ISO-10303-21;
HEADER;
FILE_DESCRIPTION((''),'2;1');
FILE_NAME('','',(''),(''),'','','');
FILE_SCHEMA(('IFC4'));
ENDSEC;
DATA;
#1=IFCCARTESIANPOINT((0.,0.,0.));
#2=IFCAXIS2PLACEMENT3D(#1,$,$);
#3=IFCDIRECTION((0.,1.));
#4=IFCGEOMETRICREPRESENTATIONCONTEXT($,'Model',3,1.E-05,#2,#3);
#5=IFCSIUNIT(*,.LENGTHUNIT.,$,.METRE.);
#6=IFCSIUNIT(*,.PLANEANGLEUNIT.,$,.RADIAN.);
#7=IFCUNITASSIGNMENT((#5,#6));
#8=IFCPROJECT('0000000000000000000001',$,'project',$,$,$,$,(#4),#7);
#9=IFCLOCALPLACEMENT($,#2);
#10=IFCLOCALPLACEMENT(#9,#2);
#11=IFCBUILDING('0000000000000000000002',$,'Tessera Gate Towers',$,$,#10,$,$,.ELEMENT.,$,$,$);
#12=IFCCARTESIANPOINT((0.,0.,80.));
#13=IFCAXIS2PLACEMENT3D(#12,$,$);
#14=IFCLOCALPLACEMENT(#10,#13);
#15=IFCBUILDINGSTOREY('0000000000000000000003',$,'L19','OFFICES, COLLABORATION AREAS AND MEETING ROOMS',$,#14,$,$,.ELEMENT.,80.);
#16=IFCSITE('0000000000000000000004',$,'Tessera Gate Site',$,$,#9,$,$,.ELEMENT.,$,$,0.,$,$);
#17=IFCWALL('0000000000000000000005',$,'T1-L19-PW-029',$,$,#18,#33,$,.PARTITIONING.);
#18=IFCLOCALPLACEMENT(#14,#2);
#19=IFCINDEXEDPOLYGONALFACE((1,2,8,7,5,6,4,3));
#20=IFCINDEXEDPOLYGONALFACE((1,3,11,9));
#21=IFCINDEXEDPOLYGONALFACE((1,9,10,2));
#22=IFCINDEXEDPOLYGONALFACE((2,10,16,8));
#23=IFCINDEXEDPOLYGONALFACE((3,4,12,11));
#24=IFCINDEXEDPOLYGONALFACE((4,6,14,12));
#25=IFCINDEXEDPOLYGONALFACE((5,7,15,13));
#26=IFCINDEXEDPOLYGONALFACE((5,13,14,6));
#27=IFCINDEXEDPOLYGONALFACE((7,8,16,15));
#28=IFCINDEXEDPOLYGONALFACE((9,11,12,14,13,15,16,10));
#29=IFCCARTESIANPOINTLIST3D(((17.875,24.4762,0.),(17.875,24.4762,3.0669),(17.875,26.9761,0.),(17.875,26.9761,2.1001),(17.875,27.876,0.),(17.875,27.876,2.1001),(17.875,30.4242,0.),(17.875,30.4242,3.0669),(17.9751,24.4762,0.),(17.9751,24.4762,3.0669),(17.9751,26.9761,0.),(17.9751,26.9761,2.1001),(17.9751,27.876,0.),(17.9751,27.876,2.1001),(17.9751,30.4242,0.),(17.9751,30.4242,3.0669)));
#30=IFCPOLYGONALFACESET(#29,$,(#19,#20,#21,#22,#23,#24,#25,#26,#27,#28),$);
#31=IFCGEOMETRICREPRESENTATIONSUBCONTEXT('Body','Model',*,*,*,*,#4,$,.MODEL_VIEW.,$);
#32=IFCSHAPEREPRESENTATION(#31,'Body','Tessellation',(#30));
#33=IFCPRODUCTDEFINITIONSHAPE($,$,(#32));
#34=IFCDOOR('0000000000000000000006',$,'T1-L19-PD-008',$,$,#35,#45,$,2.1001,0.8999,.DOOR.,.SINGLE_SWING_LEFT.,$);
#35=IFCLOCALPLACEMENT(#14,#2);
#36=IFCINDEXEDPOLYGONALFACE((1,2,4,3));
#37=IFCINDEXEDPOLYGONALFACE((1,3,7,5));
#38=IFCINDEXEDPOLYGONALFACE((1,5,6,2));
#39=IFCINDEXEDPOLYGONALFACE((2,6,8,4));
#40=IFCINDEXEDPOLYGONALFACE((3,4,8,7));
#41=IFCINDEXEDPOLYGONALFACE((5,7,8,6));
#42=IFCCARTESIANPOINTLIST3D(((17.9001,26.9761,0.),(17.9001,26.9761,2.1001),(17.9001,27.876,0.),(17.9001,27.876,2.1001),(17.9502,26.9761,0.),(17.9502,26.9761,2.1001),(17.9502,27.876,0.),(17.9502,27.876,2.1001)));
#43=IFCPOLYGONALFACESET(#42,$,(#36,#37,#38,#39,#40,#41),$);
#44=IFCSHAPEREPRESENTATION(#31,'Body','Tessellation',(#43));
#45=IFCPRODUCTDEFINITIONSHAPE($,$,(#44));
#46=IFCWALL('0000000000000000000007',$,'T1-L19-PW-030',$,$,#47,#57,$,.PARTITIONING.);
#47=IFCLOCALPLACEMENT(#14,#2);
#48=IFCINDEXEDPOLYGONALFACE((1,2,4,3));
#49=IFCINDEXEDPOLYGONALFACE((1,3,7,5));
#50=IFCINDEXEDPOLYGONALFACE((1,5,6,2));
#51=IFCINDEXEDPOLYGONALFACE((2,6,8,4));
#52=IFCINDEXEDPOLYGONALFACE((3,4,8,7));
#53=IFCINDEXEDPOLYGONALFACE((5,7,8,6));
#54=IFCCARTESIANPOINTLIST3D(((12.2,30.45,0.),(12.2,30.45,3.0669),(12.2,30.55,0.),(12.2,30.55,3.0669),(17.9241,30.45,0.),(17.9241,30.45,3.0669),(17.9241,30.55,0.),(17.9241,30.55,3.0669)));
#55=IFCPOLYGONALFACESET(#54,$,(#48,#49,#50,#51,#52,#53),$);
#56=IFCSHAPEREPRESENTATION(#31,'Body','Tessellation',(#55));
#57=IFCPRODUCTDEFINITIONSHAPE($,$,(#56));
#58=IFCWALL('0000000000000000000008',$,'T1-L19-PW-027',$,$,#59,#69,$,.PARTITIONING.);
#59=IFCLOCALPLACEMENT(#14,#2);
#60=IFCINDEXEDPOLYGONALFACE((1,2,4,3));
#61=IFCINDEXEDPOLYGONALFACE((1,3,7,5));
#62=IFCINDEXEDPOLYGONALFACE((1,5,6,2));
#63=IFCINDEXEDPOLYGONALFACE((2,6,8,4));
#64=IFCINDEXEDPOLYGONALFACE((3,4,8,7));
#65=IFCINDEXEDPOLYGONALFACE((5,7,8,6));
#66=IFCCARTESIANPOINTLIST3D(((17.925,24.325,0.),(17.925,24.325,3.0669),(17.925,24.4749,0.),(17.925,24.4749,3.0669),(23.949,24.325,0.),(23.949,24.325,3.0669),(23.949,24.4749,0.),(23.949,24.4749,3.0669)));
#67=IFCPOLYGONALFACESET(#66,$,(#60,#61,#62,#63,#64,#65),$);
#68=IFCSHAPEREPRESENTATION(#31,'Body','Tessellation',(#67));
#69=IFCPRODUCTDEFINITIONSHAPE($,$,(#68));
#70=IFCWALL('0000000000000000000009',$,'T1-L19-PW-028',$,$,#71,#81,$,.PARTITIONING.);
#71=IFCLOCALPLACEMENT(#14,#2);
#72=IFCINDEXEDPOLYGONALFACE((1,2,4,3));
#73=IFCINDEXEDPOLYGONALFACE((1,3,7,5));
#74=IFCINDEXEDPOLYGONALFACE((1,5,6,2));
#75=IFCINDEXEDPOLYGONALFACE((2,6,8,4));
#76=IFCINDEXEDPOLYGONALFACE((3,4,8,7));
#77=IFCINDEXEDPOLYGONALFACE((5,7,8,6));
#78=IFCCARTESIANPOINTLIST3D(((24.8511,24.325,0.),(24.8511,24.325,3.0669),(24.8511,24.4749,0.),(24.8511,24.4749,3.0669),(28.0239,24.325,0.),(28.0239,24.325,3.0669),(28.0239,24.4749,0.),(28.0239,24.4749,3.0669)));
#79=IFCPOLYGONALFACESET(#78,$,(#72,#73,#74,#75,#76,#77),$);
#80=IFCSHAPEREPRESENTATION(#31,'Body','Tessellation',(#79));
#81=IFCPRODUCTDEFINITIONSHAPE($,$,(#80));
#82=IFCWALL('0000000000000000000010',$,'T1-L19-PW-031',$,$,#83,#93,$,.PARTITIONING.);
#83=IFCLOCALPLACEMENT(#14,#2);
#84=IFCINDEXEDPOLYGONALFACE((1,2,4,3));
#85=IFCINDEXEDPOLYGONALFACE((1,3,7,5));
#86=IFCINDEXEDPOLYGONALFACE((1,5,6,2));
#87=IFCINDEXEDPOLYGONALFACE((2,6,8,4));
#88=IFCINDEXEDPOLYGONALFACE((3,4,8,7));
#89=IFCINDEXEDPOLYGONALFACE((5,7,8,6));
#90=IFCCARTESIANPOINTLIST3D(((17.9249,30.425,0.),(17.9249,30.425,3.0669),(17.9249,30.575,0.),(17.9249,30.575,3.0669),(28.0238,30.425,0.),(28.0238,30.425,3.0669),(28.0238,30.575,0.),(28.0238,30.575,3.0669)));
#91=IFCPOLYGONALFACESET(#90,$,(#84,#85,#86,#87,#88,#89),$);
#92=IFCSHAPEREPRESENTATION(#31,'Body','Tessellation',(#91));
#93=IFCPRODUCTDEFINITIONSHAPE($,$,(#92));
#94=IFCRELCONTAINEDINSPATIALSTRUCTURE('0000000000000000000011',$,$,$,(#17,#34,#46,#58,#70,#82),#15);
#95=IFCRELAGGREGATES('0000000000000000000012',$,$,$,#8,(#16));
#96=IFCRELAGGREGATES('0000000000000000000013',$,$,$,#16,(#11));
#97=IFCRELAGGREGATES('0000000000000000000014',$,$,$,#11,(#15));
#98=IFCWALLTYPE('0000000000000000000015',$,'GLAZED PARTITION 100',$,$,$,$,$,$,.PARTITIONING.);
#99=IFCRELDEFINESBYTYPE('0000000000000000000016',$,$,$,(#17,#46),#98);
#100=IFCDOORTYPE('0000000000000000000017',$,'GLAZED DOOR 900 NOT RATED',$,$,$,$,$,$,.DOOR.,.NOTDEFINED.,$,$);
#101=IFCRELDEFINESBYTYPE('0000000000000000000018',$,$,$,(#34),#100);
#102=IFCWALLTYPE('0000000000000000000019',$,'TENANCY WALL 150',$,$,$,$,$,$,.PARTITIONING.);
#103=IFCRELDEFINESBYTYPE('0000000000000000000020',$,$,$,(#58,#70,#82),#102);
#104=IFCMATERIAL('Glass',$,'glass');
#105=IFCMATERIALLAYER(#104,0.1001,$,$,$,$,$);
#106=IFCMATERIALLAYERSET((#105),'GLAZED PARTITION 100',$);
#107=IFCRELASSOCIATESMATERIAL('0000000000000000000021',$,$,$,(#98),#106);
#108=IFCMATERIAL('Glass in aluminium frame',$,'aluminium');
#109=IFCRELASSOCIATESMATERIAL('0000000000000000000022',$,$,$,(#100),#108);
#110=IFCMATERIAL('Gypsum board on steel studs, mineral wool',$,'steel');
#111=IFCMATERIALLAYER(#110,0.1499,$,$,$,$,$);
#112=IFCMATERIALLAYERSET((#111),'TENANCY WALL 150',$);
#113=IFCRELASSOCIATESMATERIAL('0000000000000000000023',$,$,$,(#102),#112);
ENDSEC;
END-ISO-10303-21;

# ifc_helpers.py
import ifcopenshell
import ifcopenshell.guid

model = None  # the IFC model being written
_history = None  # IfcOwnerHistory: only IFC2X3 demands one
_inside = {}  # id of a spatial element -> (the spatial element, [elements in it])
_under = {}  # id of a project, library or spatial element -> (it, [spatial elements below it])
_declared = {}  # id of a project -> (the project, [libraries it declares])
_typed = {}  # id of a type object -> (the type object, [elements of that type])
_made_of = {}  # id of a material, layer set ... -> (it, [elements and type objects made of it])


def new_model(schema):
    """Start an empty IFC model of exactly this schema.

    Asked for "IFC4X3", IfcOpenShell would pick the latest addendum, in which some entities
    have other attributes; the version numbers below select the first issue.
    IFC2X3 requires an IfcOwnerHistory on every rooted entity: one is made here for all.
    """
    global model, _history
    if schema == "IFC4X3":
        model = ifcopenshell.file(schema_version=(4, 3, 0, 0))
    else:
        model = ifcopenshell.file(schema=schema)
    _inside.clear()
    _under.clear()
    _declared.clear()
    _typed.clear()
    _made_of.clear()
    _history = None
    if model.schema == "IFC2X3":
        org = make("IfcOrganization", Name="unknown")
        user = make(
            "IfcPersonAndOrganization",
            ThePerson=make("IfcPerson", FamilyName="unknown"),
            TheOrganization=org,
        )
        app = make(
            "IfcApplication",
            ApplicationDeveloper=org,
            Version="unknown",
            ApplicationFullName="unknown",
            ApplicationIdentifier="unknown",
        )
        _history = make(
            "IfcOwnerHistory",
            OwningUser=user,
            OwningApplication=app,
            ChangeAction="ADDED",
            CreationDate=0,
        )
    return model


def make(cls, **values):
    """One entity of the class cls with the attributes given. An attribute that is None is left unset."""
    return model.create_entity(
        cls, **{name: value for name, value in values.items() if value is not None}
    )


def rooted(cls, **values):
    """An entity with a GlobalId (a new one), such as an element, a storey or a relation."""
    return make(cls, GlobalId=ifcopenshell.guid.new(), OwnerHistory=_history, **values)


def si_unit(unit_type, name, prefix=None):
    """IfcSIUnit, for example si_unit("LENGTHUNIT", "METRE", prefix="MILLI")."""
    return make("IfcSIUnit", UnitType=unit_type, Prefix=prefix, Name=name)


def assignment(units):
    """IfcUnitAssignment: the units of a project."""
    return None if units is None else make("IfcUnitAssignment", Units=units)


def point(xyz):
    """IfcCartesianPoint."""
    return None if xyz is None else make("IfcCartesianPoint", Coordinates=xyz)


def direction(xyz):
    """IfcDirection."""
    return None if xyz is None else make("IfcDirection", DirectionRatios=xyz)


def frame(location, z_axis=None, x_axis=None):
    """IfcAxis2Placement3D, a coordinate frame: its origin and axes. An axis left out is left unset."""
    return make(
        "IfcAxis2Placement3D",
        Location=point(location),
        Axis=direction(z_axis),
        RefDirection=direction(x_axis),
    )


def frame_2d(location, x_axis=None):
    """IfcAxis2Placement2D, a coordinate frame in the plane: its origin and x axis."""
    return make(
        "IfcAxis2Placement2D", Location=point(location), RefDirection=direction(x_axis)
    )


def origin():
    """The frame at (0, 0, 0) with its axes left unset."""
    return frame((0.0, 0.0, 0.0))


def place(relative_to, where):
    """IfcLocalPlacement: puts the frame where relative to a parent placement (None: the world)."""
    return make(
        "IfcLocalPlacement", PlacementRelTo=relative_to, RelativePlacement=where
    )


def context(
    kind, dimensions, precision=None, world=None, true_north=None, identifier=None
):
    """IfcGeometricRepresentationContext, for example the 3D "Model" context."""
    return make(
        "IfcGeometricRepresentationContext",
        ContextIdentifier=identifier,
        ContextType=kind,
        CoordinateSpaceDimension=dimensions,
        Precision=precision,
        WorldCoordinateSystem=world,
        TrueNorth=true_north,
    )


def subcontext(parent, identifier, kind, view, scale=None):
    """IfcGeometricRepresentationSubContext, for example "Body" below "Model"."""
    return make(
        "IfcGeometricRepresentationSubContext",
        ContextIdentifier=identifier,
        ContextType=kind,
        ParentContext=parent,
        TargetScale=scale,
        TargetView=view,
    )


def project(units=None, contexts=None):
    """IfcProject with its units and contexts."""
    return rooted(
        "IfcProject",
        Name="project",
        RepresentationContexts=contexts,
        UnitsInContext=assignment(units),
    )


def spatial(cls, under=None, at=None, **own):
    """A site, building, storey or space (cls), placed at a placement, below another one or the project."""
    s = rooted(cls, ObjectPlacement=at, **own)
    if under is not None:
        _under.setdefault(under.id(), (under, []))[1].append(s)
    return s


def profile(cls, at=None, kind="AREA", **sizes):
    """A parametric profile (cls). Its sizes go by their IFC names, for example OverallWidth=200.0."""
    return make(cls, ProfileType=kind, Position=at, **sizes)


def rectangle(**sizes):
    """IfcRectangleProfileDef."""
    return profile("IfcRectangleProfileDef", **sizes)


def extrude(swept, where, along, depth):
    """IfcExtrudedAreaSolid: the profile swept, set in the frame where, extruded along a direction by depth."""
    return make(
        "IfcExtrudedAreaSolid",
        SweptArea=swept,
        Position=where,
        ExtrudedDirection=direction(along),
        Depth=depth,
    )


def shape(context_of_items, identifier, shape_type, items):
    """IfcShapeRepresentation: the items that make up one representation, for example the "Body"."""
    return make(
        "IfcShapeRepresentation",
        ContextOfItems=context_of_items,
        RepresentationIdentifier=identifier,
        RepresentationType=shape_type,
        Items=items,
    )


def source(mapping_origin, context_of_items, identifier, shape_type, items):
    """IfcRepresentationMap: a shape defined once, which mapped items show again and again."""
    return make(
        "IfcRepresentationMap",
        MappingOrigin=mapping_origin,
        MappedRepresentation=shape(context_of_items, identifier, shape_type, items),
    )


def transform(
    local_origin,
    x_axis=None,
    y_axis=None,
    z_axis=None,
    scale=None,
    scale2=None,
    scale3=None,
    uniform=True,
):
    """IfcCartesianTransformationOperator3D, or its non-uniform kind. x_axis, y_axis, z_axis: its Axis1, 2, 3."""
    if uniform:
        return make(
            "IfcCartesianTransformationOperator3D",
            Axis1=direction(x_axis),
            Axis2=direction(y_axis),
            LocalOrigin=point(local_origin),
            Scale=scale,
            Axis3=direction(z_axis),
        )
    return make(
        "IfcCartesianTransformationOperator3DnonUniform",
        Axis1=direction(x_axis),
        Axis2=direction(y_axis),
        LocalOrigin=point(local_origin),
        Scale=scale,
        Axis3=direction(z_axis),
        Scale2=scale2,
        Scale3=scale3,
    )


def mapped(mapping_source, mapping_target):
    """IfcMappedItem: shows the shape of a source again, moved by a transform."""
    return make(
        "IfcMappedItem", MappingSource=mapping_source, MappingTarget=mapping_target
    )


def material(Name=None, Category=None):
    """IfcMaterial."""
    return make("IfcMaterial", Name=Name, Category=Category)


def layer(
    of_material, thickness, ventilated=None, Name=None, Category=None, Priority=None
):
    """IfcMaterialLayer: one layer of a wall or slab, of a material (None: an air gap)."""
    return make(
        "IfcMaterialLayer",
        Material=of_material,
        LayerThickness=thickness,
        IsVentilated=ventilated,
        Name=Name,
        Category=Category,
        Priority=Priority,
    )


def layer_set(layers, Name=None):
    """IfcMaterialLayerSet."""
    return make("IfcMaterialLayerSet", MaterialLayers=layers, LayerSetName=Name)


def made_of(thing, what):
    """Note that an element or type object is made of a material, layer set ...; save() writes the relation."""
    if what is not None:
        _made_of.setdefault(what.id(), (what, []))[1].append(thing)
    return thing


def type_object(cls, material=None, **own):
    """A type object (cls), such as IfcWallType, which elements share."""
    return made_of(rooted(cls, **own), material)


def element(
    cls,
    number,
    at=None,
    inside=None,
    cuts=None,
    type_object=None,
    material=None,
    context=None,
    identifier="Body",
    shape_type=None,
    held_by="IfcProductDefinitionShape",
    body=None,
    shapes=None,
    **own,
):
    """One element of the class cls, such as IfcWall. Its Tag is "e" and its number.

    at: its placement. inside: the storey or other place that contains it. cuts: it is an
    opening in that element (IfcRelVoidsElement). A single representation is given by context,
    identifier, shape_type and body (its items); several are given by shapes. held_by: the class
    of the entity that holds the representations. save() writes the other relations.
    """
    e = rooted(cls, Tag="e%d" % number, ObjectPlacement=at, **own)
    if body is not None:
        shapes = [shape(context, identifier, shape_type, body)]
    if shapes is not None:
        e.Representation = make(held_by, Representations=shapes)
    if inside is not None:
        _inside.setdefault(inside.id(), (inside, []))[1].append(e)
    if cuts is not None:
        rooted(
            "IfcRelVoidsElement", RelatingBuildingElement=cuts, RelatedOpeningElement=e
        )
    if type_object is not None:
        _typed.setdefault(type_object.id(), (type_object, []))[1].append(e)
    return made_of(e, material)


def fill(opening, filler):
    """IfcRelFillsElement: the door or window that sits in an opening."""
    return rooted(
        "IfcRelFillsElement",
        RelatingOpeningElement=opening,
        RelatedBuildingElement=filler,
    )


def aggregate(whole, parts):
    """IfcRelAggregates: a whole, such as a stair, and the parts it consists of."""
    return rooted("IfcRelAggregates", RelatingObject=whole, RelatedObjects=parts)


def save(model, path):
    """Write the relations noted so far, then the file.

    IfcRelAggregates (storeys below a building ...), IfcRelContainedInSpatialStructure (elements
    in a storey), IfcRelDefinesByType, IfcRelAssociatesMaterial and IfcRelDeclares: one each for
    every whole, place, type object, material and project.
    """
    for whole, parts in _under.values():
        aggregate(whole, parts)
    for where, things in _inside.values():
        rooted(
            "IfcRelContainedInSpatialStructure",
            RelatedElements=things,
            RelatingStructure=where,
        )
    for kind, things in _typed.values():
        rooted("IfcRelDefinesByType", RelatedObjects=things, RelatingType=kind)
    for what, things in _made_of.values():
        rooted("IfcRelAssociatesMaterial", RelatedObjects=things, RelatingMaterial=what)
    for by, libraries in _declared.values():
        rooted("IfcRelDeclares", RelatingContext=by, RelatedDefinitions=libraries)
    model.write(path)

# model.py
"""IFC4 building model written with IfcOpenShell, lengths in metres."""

from ifc_helpers import new_model, si_unit, direction, frame, frame_2d, origin, place, context, subcontext, project, spatial, rectangle, extrude, source, transform, mapped, material, layer, layer_set, type_object, element, fill, save


model = new_model("IFC4")

# Units and contexts
model_context = context("Model", 3, precision=1e-05, world=origin(), true_north=direction((0.0, 1.0)))
body_context = subcontext(model_context, "Body", "Model", "MODEL_VIEW")
ifc_project = project(units=[si_unit("LENGTHUNIT", "METRE"), si_unit("PLANEANGLEUNIT", "RADIAN")], contexts=[model_context])

# Site, building, storey
site_placement = place(None, origin())
site = spatial("IfcSite", under=ifc_project, at=site_placement, Name="Tessera Gate Site", CompositionType="ELEMENT", RefElevation=0.0)
building_placement = place(site_placement, origin())
building = spatial("IfcBuilding", under=site, at=building_placement, Name="Tessera Gate Towers", CompositionType="ELEMENT")
storey_placement = place(building_placement, frame((0.0, 0.0, 80.0)))
storey = spatial("IfcBuildingStorey", under=building, at=storey_placement, Name="L19", Description="OFFICES, COLLABORATION AREAS AND MEETING ROOMS", CompositionType="ELEMENT", Elevation=80.0)

# Shared definitions
ifc_material_1 = material(Name="Glass", Category="glass")
ifc_layer_1 = layer(ifc_material_1, 0.1001)
ifc_layer_set_1 = layer_set([ifc_layer_1], Name="GLAZED PARTITION 100")
wall_type_1 = type_object("IfcWallType", Name="GLAZED PARTITION 100", PredefinedType="PARTITIONING", material=ifc_layer_set_1)

# Shared definitions
shared_shape_1 = source(origin(), body_context, "Body", "SweptSolid", [
    extrude(rectangle(XDim=0.8999, YDim=2.1001, at=frame_2d((0.45, 1.05))), frame((0.0, 0.0601, 0.0), z_axis=(0.0, -1.0, 0.0), x_axis=(1.0, 0.0, 0.0)), (0.0, 0.0, 1.0), 0.1201),
])
ifc_material_2 = material(Name="Glass in aluminium frame", Category="aluminium")
door_type = type_object("IfcDoorType", Name="GLAZED DOOR 900 NOT RATED", OperationType="NOTDEFINED", PredefinedType="DOOR", material=ifc_material_2)
shared_shape_2 = source(origin(), body_context, "Body", "SweptSolid", [
    extrude(rectangle(XDim=0.8999, YDim=2.1001, at=frame_2d((0.45, 1.05))), frame((0.0, 0.0249, 0.0), z_axis=(0.0, -1.0, 0.0), x_axis=(1.0, 0.0, 0.0)), (0.0, 0.0, 1.0), 0.05),
])

# Wall, opening, door
wall_1_placement = place(storey_placement, frame((17.925, 24.4761, 0.0), z_axis=(0.0, 0.0, 1.0), x_axis=(0.0, 1.0, 0.0)))
wall_1 = element("IfcWall", 1, at=wall_1_placement, inside=storey, type_object=wall_type_1, Name="T1-L19-PW-029", PredefinedType="PARTITIONING", context=body_context, shape_type="SweptSolid", body=[
    extrude(rectangle(XDim=5.948, YDim=0.1001, at=frame_2d((2.9741, 0.0))), origin(), (0.0, 0.0, 1.0), 3.0669),
])
opening_1_placement = place(wall_1_placement, frame((2.5, 0.0, 0.0)))
opening_1 = element("IfcOpeningElement", 2, at=opening_1_placement, cuts=wall_1, PredefinedType="OPENING", context=body_context, shape_type="MappedRepresentation", body=[
    mapped(shared_shape_1, transform((0.0, 0.0, 0.0), scale=1.0)),
])
door_1_placement = place(opening_1_placement, origin())
door_1 = element("IfcDoor", 3, at=door_1_placement, inside=storey, type_object=door_type, Name="T1-L19-PD-008", OperationType="SINGLE_SWING_LEFT", OverallHeight=2.1001, OverallWidth=0.8999, PredefinedType="DOOR", context=body_context, shape_type="MappedRepresentation", body=[
    mapped(shared_shape_2, transform((0.0, 0.0, 0.0), scale=1.0)),
])
fill(opening_1, door_1)

# Walls
wall_2_placement = place(storey_placement, frame((12.2, 30.5, 0.0), z_axis=(0.0, 0.0, 1.0), x_axis=(1.0, 0.0, 0.0)))
element("IfcWall", 4, at=wall_2_placement, inside=storey, type_object=wall_type_1, Name="T1-L19-PW-030", PredefinedType="PARTITIONING", context=body_context, shape_type="SweptSolid", body=[
    extrude(rectangle(XDim=5.7241, YDim=0.1001, at=frame_2d((2.8621, 0.0))), origin(), (0.0, 0.0, 1.0), 3.0669),
])
ifc_material_3 = material(Name="Gypsum board on steel studs, mineral wool", Category="steel")
ifc_layer_2 = layer(ifc_material_3, 0.1499)
ifc_layer_set_2 = layer_set([ifc_layer_2], Name="TENANCY WALL 150")
wall_type_2 = type_object("IfcWallType", Name="TENANCY WALL 150", PredefinedType="PARTITIONING", material=ifc_layer_set_2)
wall_3_placement = place(storey_placement, frame((17.925, 24.3999, 0.0), z_axis=(0.0, 0.0, 1.0), x_axis=(1.0, 0.0, 0.0)))
element("IfcWall", 5, at=wall_3_placement, inside=storey, type_object=wall_type_2, Name="T1-L19-PW-027", PredefinedType="PARTITIONING", context=body_context, shape_type="SweptSolid", body=[
    extrude(rectangle(XDim=6.0239, YDim=0.1499, at=frame_2d((3.012, 0.0))), origin(), (0.0, 0.0, 1.0), 3.0669),
])
wall_4_placement = place(storey_placement, frame((24.8511, 24.3999, 0.0), z_axis=(0.0, 0.0, 1.0), x_axis=(1.0, 0.0, 0.0)))
element("IfcWall", 6, at=wall_4_placement, inside=storey, type_object=wall_type_2, Name="T1-L19-PW-028", PredefinedType="PARTITIONING", context=body_context, shape_type="SweptSolid", body=[
    extrude(rectangle(XDim=3.1729, YDim=0.1499, at=frame_2d((1.5864, 0.0))), origin(), (0.0, 0.0, 1.0), 3.0669),
])
wall_5_placement = place(storey_placement, frame((17.925, 30.5, 0.0), z_axis=(0.0, 0.0, 1.0), x_axis=(1.0, 0.0, 0.0)))
element("IfcWall", 7, at=wall_5_placement, inside=storey, type_object=wall_type_2, Name="T1-L19-PW-031", PredefinedType="PARTITIONING", context=body_context, shape_type="SweptSolid", body=[
    extrude(rectangle(XDim=10.0989, YDim=0.1499, at=frame_2d((5.0493, 0.0))), origin(), (0.0, 0.0, 1.0), 3.0669),
])

save(model, "model.ifc")
